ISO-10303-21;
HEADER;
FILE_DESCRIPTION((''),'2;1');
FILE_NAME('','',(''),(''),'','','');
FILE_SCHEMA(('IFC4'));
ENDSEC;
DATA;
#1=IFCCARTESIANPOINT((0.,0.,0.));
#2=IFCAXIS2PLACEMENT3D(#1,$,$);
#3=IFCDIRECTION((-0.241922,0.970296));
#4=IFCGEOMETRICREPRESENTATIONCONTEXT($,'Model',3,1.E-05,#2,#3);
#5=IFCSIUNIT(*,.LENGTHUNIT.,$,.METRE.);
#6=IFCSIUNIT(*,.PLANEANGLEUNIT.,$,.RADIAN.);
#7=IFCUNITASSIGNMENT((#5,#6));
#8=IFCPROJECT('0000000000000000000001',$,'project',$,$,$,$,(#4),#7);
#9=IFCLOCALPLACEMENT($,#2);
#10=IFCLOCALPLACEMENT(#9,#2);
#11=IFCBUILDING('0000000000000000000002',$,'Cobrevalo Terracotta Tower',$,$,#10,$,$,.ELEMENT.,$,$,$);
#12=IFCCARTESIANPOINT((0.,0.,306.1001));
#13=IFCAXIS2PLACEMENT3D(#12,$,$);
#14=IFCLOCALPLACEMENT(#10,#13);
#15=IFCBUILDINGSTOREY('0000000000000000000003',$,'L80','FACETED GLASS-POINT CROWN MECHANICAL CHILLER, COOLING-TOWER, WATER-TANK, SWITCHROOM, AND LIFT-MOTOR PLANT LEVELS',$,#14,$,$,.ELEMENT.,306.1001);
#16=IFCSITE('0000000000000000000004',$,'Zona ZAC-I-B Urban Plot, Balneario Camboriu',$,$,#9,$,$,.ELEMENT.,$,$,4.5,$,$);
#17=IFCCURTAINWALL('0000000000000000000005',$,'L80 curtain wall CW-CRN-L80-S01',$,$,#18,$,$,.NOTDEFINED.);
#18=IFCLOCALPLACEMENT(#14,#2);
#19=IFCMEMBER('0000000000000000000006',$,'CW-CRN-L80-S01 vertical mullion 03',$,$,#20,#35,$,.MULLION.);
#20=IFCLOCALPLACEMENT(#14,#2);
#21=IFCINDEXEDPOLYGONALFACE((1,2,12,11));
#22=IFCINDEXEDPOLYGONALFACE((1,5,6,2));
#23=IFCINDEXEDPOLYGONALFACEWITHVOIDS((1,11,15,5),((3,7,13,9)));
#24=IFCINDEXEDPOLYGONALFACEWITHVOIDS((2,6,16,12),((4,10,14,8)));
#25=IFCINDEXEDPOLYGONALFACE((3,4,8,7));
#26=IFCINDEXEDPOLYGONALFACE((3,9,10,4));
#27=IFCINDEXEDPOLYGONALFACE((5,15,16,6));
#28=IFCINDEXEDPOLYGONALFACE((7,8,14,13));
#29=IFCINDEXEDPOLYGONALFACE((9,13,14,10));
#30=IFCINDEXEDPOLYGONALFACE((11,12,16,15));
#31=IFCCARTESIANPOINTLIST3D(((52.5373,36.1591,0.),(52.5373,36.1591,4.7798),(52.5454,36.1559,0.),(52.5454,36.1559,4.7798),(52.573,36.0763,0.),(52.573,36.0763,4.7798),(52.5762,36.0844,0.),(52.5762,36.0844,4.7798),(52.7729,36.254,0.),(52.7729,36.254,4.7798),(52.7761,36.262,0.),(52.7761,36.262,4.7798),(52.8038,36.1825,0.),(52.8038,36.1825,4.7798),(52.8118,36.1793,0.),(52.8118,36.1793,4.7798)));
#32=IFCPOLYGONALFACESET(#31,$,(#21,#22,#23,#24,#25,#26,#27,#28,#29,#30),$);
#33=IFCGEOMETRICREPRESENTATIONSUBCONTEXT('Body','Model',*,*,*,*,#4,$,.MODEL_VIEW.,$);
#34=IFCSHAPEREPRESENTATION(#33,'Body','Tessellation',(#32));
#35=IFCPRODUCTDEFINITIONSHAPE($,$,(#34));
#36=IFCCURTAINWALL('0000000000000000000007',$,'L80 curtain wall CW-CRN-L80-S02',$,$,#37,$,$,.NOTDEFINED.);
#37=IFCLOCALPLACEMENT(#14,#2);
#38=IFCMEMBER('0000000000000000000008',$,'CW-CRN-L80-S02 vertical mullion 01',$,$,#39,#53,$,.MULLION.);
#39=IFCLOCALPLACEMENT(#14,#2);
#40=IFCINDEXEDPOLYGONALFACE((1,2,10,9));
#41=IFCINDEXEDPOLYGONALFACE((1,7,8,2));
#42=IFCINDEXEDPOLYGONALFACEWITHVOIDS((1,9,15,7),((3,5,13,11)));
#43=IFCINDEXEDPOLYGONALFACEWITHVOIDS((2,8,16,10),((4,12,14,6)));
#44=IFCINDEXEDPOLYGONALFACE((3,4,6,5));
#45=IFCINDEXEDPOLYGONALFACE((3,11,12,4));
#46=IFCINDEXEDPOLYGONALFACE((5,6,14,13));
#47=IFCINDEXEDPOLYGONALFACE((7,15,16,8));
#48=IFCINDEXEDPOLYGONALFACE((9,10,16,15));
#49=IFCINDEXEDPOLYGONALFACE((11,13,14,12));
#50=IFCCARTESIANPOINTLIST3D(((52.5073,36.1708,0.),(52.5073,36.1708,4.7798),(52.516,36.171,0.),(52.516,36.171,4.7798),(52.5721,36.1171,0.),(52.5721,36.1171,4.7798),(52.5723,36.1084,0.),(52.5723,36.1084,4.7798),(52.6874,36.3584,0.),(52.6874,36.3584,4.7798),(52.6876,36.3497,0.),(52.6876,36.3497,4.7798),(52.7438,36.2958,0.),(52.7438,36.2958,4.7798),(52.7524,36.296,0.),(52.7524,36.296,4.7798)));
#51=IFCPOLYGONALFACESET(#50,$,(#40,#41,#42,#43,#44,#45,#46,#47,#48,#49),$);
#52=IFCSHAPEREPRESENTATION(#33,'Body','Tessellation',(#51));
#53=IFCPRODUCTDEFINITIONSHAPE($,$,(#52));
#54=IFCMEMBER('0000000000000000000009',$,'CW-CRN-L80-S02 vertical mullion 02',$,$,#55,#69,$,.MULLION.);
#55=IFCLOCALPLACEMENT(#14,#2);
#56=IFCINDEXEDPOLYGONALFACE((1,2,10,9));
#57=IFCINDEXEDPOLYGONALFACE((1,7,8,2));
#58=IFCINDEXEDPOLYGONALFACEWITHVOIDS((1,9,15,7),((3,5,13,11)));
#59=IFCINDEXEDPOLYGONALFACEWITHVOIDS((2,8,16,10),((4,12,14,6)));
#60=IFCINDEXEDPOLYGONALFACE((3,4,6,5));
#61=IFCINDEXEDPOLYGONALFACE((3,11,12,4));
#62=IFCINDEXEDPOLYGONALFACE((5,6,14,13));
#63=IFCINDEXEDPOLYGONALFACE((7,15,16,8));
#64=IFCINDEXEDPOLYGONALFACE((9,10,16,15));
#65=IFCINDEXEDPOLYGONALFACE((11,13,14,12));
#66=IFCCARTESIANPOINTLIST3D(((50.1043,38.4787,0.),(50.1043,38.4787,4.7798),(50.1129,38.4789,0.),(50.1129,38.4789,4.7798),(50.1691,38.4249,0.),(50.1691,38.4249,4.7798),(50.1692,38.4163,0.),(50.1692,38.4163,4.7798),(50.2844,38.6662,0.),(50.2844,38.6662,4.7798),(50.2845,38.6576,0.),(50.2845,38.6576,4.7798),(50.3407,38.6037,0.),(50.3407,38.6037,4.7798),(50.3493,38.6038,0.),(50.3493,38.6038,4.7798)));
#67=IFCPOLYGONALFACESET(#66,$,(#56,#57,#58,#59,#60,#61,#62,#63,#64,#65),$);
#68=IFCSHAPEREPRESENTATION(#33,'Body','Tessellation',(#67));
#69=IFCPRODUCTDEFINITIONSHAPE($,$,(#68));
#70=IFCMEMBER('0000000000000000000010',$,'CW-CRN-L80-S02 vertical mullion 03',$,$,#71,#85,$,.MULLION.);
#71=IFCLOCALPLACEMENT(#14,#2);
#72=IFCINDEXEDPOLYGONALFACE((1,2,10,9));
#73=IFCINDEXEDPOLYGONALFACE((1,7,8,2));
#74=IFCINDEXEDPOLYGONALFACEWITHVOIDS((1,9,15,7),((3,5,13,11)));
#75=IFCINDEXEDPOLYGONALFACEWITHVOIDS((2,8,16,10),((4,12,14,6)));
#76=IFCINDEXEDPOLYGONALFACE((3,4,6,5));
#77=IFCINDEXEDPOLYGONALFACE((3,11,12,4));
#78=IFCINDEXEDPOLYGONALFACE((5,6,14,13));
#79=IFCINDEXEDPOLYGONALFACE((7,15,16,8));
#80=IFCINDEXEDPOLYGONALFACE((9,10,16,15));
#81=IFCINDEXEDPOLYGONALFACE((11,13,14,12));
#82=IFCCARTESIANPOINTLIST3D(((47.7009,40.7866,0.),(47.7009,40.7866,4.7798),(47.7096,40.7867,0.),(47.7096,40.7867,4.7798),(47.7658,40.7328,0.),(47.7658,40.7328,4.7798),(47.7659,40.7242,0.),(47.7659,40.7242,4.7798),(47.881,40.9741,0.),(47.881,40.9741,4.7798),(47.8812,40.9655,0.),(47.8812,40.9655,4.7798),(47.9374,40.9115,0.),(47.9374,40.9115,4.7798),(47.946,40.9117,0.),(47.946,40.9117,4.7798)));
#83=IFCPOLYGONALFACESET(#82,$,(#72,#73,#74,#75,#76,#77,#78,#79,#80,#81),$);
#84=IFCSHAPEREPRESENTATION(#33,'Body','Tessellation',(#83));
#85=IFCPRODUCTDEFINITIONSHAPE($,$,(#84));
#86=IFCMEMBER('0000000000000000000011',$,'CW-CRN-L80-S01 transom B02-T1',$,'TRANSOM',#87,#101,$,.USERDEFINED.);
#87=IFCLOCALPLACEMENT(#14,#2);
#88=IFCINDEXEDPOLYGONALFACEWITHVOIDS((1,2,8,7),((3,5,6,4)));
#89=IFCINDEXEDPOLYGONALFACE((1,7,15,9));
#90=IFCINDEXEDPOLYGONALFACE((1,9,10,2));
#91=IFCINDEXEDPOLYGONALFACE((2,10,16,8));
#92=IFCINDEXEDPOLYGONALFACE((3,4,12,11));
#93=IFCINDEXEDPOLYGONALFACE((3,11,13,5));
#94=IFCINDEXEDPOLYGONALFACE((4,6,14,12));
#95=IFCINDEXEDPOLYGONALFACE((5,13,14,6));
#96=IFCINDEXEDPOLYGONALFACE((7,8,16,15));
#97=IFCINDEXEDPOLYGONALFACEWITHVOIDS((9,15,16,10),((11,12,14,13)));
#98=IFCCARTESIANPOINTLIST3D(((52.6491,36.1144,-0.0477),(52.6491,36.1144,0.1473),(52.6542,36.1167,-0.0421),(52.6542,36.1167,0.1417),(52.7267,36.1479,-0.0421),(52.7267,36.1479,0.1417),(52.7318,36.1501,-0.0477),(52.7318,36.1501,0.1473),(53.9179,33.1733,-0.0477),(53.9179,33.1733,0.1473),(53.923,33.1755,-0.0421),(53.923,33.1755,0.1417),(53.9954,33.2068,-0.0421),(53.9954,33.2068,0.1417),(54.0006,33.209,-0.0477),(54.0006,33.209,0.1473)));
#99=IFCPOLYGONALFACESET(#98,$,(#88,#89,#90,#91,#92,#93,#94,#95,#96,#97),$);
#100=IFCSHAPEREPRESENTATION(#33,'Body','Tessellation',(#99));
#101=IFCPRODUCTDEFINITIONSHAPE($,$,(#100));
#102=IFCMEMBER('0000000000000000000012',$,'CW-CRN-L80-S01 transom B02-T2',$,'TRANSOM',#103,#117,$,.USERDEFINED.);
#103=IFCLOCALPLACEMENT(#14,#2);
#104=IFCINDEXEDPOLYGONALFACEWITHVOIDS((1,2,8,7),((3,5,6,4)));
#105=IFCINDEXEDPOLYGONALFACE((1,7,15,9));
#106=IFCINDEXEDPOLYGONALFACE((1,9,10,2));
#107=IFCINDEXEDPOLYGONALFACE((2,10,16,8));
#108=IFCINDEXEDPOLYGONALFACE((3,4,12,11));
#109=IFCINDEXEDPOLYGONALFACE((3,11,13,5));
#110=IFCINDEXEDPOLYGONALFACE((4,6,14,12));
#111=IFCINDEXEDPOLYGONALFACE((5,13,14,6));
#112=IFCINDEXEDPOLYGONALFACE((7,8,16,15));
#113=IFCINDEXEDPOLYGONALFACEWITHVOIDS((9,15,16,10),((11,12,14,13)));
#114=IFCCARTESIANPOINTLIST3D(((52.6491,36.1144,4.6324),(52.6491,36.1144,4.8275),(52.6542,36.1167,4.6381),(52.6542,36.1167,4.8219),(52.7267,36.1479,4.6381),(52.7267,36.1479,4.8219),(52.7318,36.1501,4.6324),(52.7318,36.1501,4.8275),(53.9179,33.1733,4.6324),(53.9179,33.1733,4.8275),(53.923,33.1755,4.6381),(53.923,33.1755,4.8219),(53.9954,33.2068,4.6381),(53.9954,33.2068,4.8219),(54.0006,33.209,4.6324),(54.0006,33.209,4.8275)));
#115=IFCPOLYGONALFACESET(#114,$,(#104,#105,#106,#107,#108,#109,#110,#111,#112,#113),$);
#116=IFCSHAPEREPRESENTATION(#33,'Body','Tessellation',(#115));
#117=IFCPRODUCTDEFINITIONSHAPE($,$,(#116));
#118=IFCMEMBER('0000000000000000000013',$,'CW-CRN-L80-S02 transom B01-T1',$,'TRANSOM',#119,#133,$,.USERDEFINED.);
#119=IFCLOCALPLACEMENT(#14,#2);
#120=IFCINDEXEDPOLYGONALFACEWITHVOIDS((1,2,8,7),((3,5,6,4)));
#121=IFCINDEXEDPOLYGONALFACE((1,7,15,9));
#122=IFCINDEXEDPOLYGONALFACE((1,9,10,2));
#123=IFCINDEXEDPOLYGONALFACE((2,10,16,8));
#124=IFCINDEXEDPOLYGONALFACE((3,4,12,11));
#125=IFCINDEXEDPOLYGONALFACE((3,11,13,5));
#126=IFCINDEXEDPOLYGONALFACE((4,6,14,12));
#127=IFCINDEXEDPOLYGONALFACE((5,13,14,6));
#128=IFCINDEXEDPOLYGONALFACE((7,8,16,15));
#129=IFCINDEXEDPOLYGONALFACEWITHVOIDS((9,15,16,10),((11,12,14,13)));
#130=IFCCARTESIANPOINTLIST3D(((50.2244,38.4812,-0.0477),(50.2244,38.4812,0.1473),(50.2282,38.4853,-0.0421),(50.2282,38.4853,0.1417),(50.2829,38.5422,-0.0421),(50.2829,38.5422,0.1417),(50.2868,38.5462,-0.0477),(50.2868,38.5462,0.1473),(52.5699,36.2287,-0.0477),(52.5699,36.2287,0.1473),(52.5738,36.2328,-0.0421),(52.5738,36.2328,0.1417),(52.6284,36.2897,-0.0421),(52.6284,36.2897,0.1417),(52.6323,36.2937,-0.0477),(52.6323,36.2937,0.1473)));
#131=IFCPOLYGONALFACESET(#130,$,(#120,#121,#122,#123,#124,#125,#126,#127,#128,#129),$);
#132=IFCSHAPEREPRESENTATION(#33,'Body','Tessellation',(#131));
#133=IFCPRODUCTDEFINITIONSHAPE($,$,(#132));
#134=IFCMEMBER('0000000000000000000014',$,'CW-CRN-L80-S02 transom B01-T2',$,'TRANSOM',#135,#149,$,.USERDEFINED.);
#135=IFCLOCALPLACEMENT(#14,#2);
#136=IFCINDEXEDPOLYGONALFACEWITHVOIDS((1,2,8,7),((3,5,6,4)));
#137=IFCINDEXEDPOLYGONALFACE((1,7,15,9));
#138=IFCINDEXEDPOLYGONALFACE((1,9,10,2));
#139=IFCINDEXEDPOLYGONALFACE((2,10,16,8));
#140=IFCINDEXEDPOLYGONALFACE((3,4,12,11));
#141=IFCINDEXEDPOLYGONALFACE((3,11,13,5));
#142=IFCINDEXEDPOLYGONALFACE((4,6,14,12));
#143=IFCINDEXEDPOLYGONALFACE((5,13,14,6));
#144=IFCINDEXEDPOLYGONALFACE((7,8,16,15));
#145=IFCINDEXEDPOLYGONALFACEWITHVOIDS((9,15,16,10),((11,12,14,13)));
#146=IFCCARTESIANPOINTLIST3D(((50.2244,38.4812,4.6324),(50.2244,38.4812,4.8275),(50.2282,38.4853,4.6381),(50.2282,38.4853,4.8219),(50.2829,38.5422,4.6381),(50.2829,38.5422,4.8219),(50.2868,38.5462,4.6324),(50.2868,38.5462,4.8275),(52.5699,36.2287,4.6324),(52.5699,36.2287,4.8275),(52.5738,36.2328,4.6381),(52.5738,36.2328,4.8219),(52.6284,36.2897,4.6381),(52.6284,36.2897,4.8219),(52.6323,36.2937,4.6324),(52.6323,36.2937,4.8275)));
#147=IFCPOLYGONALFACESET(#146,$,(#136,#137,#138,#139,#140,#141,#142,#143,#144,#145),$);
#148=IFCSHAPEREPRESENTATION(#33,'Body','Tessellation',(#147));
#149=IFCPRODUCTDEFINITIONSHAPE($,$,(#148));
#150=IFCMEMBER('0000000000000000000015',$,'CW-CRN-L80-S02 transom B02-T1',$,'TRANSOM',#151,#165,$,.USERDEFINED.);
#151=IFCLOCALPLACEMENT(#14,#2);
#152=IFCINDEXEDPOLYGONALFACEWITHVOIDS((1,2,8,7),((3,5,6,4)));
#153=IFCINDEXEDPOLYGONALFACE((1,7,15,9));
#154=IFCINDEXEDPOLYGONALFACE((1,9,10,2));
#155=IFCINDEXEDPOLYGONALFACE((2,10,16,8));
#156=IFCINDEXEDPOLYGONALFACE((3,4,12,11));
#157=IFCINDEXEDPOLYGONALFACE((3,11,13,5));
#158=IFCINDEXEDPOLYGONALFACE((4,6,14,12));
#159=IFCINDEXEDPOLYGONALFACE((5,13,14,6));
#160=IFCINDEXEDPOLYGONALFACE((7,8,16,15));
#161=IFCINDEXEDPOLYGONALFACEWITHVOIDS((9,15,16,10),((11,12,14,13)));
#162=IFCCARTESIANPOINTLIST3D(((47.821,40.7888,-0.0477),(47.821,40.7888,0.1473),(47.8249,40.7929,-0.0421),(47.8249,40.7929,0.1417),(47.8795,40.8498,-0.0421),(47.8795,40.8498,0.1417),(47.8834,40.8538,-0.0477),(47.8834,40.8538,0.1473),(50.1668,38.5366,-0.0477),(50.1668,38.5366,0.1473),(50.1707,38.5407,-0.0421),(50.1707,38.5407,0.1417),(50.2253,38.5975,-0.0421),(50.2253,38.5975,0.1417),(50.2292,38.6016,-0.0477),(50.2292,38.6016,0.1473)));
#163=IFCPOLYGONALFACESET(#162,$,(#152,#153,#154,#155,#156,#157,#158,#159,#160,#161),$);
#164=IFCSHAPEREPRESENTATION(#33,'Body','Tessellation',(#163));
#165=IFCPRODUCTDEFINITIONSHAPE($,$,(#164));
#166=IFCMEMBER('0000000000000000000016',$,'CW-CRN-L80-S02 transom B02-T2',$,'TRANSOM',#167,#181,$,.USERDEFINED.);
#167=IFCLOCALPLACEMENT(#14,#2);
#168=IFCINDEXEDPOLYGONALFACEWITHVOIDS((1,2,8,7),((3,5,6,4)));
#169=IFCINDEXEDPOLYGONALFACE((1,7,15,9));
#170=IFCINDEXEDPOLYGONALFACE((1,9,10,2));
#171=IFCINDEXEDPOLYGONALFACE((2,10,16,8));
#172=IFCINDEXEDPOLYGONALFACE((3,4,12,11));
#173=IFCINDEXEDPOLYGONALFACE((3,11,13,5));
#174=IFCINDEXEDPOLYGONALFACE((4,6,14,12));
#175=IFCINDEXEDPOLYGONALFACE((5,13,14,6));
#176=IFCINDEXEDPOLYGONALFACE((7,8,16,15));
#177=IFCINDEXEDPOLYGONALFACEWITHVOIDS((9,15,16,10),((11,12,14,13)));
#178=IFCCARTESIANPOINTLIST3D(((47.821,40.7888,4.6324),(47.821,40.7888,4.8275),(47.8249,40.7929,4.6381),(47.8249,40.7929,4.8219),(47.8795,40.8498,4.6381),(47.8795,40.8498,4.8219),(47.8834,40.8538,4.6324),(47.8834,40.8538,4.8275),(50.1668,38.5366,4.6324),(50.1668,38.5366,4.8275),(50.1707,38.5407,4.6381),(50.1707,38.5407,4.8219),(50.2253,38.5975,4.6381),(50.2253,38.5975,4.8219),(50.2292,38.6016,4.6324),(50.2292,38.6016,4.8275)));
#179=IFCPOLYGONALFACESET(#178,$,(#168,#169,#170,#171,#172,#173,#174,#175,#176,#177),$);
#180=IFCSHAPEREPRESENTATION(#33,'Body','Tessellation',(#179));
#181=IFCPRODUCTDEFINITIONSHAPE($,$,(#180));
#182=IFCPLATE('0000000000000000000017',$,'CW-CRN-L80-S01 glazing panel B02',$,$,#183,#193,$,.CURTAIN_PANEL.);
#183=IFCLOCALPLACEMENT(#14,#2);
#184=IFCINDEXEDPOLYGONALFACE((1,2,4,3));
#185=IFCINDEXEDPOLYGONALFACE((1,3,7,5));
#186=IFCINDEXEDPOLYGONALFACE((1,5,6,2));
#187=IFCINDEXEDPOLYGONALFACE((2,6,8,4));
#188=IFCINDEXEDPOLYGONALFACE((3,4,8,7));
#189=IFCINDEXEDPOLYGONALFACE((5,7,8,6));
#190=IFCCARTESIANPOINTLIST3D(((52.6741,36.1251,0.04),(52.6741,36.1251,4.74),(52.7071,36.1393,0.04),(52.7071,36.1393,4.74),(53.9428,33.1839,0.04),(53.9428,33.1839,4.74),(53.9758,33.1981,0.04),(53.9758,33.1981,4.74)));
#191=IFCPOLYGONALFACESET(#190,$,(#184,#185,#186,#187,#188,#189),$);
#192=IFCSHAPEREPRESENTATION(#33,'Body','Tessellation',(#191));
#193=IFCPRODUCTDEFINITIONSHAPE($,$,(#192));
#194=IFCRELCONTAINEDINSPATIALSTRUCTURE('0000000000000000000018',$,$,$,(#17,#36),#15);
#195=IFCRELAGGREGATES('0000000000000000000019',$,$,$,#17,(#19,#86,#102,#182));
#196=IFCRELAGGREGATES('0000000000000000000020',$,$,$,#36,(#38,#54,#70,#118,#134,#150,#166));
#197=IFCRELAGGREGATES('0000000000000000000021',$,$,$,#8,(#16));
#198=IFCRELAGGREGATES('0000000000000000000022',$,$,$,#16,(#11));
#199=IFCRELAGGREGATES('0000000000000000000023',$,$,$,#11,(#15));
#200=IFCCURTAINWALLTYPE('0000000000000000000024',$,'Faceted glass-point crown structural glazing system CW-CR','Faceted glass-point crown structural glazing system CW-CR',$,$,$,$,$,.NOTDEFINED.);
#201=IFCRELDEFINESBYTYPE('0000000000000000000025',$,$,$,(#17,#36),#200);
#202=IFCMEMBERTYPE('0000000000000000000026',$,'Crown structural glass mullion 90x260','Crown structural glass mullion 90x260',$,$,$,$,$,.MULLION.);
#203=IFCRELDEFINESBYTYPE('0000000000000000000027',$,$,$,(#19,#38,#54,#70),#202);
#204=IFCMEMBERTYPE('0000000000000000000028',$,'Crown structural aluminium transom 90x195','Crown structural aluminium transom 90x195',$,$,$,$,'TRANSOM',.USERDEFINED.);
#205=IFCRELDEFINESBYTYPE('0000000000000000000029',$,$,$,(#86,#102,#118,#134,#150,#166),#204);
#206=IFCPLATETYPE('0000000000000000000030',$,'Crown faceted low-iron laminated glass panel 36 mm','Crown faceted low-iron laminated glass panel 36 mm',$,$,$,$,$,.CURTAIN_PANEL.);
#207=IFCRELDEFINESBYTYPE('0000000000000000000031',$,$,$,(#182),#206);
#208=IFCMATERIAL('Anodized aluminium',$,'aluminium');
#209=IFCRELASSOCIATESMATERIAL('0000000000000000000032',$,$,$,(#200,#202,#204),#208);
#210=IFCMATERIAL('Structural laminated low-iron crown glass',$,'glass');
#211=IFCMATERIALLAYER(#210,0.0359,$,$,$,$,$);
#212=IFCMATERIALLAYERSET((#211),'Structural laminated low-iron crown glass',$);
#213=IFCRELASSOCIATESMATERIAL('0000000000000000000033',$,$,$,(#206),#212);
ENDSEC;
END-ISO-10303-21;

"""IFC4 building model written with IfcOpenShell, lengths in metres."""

from ifc_helpers import new_model, si_unit, direction, frame, origin, origin_2d, place, context, subcontext, project, spatial, rectangle, hollow_rectangle, extrude, source, transform, mapped, material, layer, layer_set, material_profile, profile_set, type_object, element, aggregate, save


model = new_model("IFC4")

# Units and contexts
model_context = context("Model", 3, precision=1e-05, world=origin(), true_north=direction((-0.241922, 0.970296)))
body_context = subcontext(model_context, "Body", "Model", "MODEL_VIEW")
ifc_project = project(units=[si_unit("LENGTHUNIT", "METRE"), si_unit("PLANEANGLEUNIT", "RADIAN")], contexts=[model_context])

# Site, building, storey
site_placement = place(None, origin())
site = spatial("IfcSite", under=ifc_project, at=site_placement, Name="Zona ZAC-I-B Urban Plot, Balneario Camboriu", CompositionType="ELEMENT", RefElevation=4.5)
building_placement = place(site_placement, origin())
building = spatial("IfcBuilding", under=site, at=building_placement, Name="Cobrevalo Terracotta Tower", CompositionType="ELEMENT")
storey_placement = place(building_placement, frame((0.0, 0.0, 306.1001)))
storey = spatial("IfcBuildingStorey", under=building, at=storey_placement, Name="L80", Description="FACETED GLASS-POINT CROWN MECHANICAL CHILLER, COOLING-TOWER, WATER-TANK, SWITCHROOM, AND LIFT-MOTOR PLANT LEVELS", CompositionType="ELEMENT", Elevation=306.1001)

# Curtain wall, member
ifc_material_1 = material(Name="Anodized aluminium", Category="aluminium")
curtain_wall_type = type_object("IfcCurtainWallType", Name="Faceted glass-point crown structural glazing system CW-CR", Description="Faceted glass-point crown structural glazing system CW-CR", PredefinedType="NOTDEFINED", material=ifc_material_1)
curtain_wall_1_placement = place(storey_placement, origin())
curtain_wall_1 = element("IfcCurtainWall", 1, at=curtain_wall_1_placement, inside=storey, type_object=curtain_wall_type, Name="L80 curtain wall CW-CRN-L80-S01", PredefinedType="NOTDEFINED")
ifc_material_profile_1 = material_profile(ifc_material_1, hollow_rectangle(XDim=0.0901, YDim=0.26, WallThickness=0.0061, at=origin_2d()), Name="CWM 90x260")
ifc_profile_set_1 = profile_set([ifc_material_profile_1], Name="Anodized aluminium")
member_type_1 = type_object("IfcMemberType", Name="Crown structural glass mullion 90x260", Description="Crown structural glass mullion 90x260", PredefinedType="MULLION", material=ifc_profile_set_1)
shared_shape_1 = source(origin(), body_context, "Body", "SweptSolid", [
    extrude(hollow_rectangle(XDim=0.0901, YDim=0.26, WallThickness=0.0061, at=origin_2d()), origin(), (0.0, 0.0, 1.0), 4.7798),
])
member_1_placement = place(storey_placement, frame((52.6746, 36.1692, 0.0), z_axis=(0.0, 0.0, 1.0), x_axis=(-0.396058, 0.918225, 0.0)))
member_1 = element("IfcMember", 2, at=member_1_placement, type_object=member_type_1, Name="CW-CRN-L80-S01 vertical mullion 03", PredefinedType="MULLION", context=body_context, shape_type="MappedRepresentation", body=[
    mapped(shared_shape_1, transform((0.0, 0.0, 0.0), scale=1.0)),
])

# Curtain wall, members
curtain_wall_2_placement = place(storey_placement, origin())
curtain_wall_2 = element("IfcCurtainWall", 3, at=curtain_wall_2_placement, inside=storey, type_object=curtain_wall_type, Name="L80 curtain wall CW-CRN-L80-S02", PredefinedType="NOTDEFINED")
member_2_placement = place(storey_placement, frame((52.6299, 36.2334, 0.0), z_axis=(0.0, 0.0, 1.0), x_axis=(-0.721277, 0.692647, 0.0)))
member_2 = element("IfcMember", 4, at=member_2_placement, type_object=member_type_1, Name="CW-CRN-L80-S02 vertical mullion 01", PredefinedType="MULLION", context=body_context, shape_type="MappedRepresentation", body=[
    mapped(shared_shape_1, transform((0.0, 0.0, 0.0), scale=1.0)),
])
member_3_placement = place(storey_placement, frame((50.2268, 38.5413, 0.0), z_axis=(0.0, 0.0, 1.0), x_axis=(-0.721277, 0.692647, 0.0)))
member_3 = element("IfcMember", 5, at=member_3_placement, type_object=member_type_1, Name="CW-CRN-L80-S02 vertical mullion 02", PredefinedType="MULLION", context=body_context, shape_type="MappedRepresentation", body=[
    mapped(shared_shape_1, transform((0.0, 0.0, 0.0), scale=1.0)),
])
member_4_placement = place(storey_placement, frame((47.8235, 40.8491, 0.0), z_axis=(0.0, 0.0, 1.0), x_axis=(-0.721277, 0.692647, 0.0)))
member_4 = element("IfcMember", 6, at=member_4_placement, type_object=member_type_1, Name="CW-CRN-L80-S02 vertical mullion 03", PredefinedType="MULLION", context=body_context, shape_type="MappedRepresentation", body=[
    mapped(shared_shape_1, transform((0.0, 0.0, 0.0), scale=1.0)),
])

# Members
ifc_material_profile_2 = material_profile(ifc_material_1, hollow_rectangle(XDim=0.0901, YDim=0.1951, WallThickness=0.0056, at=origin_2d()), Name="CWT 90x195")
ifc_profile_set_2 = profile_set([ifc_material_profile_2], Name="Anodized aluminium")
member_type_2 = type_object("IfcMemberType", Name="Crown structural aluminium transom 90x195", Description="Crown structural aluminium transom 90x195", ElementType="TRANSOM", PredefinedType="USERDEFINED", material=ifc_profile_set_2)
shared_shape_2 = source(origin(), body_context, "Body", "SweptSolid", [
    extrude(hollow_rectangle(XDim=0.0901, YDim=0.1951, WallThickness=0.0056, at=origin_2d()), origin(), (0.0, 0.0, 1.0), 3.2031),
])
member_5_placement = place(storey_placement, frame((53.9592, 33.1912, 0.0498), z_axis=(-0.396107, 0.918204, 0.0), x_axis=(-0.918204, -0.396107, 0.0)))
member_5 = element("IfcMember", 7, at=member_5_placement, type_object=member_type_2, Name="CW-CRN-L80-S01 transom B02-T1", ObjectType="TRANSOM", PredefinedType="USERDEFINED", context=body_context, shape_type="MappedRepresentation", body=[
    mapped(shared_shape_2, transform((0.0, 0.0, 0.0), scale=1.0)),
])
member_6_placement = place(storey_placement, frame((53.9592, 33.1912, 4.73), z_axis=(-0.396107, 0.918204, 0.0), x_axis=(-0.918204, -0.396107, 0.0)))
member_6 = element("IfcMember", 8, at=member_6_placement, type_object=member_type_2, Name="CW-CRN-L80-S01 transom B02-T2", ObjectType="TRANSOM", PredefinedType="USERDEFINED", context=body_context, shape_type="MappedRepresentation", body=[
    mapped(shared_shape_2, transform((0.0, 0.0, 0.0), scale=1.0)),
])
shared_shape_3 = source(origin(), body_context, "Body", "SweptSolid", [
    extrude(hollow_rectangle(XDim=0.0901, YDim=0.1951, WallThickness=0.0056, at=origin_2d()), origin(), (0.0, 0.0, 1.0), 3.252),
])
member_7_placement = place(storey_placement, frame((52.6011, 36.2612, 0.0498), z_axis=(-0.721264, 0.69266, 0.0), x_axis=(-0.69266, -0.721264, 0.0)))
member_7 = element("IfcMember", 9, at=member_7_placement, type_object=member_type_2, Name="CW-CRN-L80-S02 transom B01-T1", ObjectType="TRANSOM", PredefinedType="USERDEFINED", context=body_context, shape_type="MappedRepresentation", body=[
    mapped(shared_shape_3, transform((0.0, 0.0, 0.0), scale=1.0)),
])
member_8_placement = place(storey_placement, frame((52.6011, 36.2612, 4.73), z_axis=(-0.721264, 0.69266, 0.0), x_axis=(-0.69266, -0.721264, 0.0)))
member_8 = element("IfcMember", 10, at=member_8_placement, type_object=member_type_2, Name="CW-CRN-L80-S02 transom B01-T2", ObjectType="TRANSOM", PredefinedType="USERDEFINED", context=body_context, shape_type="MappedRepresentation", body=[
    mapped(shared_shape_3, transform((0.0, 0.0, 0.0), scale=1.0)),
])
member_9_placement = place(storey_placement, frame((50.198, 38.5691, 0.0498), z_axis=(-0.721338, 0.692583, 0.0), x_axis=(-0.692583, -0.721338, 0.0)))
member_9 = element("IfcMember", 11, at=member_9_placement, type_object=member_type_2, Name="CW-CRN-L80-S02 transom B02-T1", ObjectType="TRANSOM", PredefinedType="USERDEFINED", context=body_context, shape_type="MappedRepresentation", body=[
    mapped(shared_shape_3, transform((0.0, 0.0, 0.0), scale=1.0)),
])
member_10_placement = place(storey_placement, frame((50.198, 38.5691, 4.73), z_axis=(-0.721338, 0.692583, 0.0), x_axis=(-0.692583, -0.721338, 0.0)))
member_10 = element("IfcMember", 12, at=member_10_placement, type_object=member_type_2, Name="CW-CRN-L80-S02 transom B02-T2", ObjectType="TRANSOM", PredefinedType="USERDEFINED", context=body_context, shape_type="MappedRepresentation", body=[
    mapped(shared_shape_3, transform((0.0, 0.0, 0.0), scale=1.0)),
])

# Plate
ifc_material_2 = material(Name="Structural laminated low-iron crown glass", Category="glass")
ifc_layer_1 = layer(ifc_material_2, 0.0359)
ifc_layer_set_1 = layer_set([ifc_layer_1], Name="Structural laminated low-iron crown glass")
plate_type = type_object("IfcPlateType", Name="Crown faceted low-iron laminated glass panel 36 mm", Description="Crown faceted low-iron laminated glass panel 36 mm", PredefinedType="CURTAIN_PANEL", material=ifc_layer_set_1)
shared_shape_4 = source(origin(), body_context, "Body", "SweptSolid", [
    extrude(rectangle(XDim=3.2031, YDim=0.0359, at=origin_2d()), origin(), (0.0, 0.0, 1.0), 4.7),
])
plate_1_placement = place(storey_placement, frame((53.325, 34.6616, 0.04), z_axis=(0.0, 0.0, 1.0), x_axis=(-0.396066, 0.918222, 0.0)))
plate_1 = element("IfcPlate", 13, at=plate_1_placement, type_object=plate_type, Name="CW-CRN-L80-S01 glazing panel B02", PredefinedType="CURTAIN_PANEL", context=body_context, shape_type="MappedRepresentation", body=[
    mapped(shared_shape_4, transform((0.0, 0.0, 0.0), scale=1.0)),
])
aggregate(curtain_wall_1, [member_1, member_5, member_6, plate_1])
aggregate(curtain_wall_2, [member_2, member_3, member_4, member_7, member_8, member_9, member_10])

save(model, "model.ifc")
